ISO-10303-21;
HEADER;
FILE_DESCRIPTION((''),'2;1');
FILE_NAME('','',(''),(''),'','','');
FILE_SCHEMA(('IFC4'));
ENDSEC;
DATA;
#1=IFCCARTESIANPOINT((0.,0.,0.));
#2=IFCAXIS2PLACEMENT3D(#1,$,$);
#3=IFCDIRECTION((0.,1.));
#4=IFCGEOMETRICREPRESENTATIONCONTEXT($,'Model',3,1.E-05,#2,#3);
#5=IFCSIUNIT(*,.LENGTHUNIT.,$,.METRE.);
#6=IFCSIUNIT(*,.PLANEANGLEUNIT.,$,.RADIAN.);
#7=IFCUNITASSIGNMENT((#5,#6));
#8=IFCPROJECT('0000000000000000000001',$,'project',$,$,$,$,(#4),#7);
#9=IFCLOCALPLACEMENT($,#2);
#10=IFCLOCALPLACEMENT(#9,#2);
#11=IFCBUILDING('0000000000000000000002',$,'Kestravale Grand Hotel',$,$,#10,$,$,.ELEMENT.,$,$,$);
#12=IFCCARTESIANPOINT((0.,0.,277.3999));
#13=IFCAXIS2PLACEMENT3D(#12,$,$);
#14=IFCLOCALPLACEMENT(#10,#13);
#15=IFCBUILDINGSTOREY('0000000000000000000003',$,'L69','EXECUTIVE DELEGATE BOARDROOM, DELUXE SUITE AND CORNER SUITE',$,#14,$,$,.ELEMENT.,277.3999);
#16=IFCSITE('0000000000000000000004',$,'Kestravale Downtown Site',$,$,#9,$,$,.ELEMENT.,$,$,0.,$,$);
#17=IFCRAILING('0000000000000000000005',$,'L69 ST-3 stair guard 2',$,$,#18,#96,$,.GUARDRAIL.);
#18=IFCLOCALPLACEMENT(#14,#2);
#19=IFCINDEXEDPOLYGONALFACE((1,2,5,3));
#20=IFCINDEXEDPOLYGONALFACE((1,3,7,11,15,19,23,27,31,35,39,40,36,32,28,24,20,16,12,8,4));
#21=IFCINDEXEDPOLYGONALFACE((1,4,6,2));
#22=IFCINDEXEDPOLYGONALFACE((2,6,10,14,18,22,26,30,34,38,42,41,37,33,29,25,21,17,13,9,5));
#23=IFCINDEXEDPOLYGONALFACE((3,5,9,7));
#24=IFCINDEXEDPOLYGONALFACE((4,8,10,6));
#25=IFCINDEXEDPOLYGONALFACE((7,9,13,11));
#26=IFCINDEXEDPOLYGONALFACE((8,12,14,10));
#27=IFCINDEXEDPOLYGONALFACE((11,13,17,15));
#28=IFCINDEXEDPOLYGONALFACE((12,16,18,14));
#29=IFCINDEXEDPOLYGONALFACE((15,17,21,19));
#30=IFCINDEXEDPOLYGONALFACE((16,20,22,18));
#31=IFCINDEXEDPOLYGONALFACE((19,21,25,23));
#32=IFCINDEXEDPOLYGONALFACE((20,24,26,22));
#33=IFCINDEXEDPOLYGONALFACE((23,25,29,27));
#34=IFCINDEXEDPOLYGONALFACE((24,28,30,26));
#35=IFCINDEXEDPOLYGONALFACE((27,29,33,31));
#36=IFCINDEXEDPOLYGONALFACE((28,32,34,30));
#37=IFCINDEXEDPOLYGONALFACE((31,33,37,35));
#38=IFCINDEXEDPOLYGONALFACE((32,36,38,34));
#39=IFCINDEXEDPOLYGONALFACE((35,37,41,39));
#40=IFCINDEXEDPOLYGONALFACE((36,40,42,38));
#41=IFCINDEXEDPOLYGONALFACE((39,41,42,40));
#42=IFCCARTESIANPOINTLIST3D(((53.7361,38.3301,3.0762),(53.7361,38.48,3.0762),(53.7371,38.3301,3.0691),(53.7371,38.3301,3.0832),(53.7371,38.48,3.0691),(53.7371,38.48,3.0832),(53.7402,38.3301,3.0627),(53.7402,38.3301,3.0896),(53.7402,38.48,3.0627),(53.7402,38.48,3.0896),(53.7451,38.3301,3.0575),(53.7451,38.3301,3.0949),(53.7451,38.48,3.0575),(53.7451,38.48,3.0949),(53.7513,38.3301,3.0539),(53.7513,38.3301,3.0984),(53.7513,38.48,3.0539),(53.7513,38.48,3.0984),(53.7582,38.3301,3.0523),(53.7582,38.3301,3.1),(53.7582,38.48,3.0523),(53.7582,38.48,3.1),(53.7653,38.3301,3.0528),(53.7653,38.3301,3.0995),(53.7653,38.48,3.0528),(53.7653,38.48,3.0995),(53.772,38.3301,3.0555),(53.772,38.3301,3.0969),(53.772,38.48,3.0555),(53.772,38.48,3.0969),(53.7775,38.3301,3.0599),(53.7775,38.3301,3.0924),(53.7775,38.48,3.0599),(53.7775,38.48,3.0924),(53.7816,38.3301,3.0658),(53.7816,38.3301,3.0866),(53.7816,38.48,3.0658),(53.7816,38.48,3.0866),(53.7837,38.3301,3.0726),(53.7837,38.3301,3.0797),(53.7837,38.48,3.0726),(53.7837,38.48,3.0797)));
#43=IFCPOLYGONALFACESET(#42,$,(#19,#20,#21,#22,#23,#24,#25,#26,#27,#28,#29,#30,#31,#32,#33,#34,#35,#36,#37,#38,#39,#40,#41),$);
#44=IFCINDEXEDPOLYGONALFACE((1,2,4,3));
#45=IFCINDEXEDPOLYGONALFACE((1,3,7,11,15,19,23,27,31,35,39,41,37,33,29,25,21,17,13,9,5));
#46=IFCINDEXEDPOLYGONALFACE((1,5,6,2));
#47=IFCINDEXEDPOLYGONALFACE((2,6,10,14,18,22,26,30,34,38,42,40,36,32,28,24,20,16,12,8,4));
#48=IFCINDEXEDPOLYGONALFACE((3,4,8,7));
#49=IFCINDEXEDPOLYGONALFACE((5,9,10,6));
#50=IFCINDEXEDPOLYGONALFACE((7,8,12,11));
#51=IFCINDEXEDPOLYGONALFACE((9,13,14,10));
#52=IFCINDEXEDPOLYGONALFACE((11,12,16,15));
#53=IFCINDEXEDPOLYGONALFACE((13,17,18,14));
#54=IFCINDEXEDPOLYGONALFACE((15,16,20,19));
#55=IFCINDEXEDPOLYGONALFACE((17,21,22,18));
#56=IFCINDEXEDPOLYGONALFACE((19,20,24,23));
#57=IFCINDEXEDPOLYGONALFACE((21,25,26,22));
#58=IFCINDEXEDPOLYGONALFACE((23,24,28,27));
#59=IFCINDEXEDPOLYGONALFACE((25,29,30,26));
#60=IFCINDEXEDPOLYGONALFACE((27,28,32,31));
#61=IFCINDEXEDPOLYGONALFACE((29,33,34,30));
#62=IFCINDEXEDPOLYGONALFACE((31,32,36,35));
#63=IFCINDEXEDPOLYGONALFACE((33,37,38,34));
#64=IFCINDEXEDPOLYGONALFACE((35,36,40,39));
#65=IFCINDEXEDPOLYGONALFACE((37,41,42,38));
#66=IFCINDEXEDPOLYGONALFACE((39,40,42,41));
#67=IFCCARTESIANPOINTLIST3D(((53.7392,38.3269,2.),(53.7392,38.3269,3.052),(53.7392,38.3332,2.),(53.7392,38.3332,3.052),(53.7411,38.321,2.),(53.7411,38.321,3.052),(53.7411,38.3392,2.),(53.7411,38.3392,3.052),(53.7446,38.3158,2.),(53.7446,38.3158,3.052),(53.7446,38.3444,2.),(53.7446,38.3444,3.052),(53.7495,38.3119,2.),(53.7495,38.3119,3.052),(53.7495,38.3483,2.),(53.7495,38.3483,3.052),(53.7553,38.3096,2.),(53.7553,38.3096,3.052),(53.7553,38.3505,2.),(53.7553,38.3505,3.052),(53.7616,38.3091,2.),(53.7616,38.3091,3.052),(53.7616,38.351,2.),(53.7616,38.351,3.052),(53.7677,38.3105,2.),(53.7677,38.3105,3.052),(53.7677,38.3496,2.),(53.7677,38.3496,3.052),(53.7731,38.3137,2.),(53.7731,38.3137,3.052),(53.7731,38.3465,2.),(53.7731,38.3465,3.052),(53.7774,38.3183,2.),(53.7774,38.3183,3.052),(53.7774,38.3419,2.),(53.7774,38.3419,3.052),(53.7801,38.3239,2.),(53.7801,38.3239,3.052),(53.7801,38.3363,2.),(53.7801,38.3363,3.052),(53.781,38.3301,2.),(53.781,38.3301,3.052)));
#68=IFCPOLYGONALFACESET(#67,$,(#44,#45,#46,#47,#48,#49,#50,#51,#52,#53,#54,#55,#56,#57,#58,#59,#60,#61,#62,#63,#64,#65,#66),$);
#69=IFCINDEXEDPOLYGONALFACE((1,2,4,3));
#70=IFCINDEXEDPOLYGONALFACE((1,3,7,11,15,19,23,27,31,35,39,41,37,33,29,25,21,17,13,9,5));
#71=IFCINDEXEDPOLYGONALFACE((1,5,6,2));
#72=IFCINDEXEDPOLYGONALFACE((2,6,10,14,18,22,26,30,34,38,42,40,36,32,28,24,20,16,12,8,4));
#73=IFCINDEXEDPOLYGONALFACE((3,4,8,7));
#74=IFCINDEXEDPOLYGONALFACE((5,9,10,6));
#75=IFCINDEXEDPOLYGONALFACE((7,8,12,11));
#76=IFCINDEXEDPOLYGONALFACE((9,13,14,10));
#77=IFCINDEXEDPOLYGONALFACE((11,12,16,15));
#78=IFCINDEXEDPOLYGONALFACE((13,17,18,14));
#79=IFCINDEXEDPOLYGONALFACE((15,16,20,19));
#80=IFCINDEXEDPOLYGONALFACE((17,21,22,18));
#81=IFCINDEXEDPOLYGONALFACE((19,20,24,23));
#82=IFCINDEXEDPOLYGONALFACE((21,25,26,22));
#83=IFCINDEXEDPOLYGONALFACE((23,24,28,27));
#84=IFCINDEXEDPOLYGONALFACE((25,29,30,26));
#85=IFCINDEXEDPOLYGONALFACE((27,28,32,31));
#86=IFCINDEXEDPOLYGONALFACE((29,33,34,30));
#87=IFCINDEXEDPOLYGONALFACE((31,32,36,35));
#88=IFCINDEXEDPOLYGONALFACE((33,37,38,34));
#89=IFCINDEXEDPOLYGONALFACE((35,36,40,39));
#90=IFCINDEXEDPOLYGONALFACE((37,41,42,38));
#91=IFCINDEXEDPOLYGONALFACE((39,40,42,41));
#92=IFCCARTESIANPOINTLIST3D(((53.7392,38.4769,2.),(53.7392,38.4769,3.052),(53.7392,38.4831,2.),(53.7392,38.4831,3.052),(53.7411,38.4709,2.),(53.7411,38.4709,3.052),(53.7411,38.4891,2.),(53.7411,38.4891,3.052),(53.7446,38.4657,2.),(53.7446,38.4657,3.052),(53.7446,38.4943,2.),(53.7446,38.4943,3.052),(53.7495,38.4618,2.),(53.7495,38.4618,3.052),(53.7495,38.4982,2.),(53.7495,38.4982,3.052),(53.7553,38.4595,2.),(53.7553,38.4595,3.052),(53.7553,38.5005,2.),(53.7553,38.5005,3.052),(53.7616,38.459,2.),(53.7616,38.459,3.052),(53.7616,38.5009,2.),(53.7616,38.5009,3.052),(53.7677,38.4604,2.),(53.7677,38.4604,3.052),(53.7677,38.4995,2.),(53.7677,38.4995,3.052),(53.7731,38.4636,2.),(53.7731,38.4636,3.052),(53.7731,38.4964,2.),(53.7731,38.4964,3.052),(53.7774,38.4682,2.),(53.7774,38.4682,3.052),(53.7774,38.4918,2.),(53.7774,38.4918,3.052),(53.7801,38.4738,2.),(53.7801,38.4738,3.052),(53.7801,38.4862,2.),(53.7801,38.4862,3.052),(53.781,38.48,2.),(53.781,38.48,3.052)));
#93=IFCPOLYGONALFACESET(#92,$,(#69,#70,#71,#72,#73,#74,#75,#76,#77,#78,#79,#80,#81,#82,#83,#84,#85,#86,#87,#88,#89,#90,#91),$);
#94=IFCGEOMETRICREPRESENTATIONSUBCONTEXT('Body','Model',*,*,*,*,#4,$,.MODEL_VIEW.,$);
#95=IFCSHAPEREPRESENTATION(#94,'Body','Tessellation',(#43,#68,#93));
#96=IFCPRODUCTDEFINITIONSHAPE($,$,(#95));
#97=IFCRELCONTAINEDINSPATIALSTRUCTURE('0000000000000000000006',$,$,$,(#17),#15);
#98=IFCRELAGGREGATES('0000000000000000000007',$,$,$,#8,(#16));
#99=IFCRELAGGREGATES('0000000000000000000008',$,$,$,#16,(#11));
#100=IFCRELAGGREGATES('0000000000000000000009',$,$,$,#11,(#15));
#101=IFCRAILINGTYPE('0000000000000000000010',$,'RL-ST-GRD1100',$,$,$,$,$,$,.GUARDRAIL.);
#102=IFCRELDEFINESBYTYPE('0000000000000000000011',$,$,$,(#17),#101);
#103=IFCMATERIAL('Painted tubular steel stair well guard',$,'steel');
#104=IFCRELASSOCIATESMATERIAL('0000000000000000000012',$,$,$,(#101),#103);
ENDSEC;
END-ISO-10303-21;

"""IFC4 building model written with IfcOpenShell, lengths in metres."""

from ifc_helpers import new_model, si_unit, direction, frame, origin, origin_2d, place, context, subcontext, project, spatial, circle, extrude, material, type_object, element, save


model = new_model("IFC4")

# Units and contexts
model_context = context("Model", 3, precision=1e-05, world=origin(), true_north=direction((0.0, 1.0)))
body_context = subcontext(model_context, "Body", "Model", "MODEL_VIEW")
ifc_project = project(units=[si_unit("LENGTHUNIT", "METRE"), si_unit("PLANEANGLEUNIT", "RADIAN")], contexts=[model_context])

# Site, building, storey
site_placement = place(None, origin())
site = spatial("IfcSite", under=ifc_project, at=site_placement, Name="Kestravale Downtown Site", CompositionType="ELEMENT", RefElevation=0.0)
building_placement = place(site_placement, origin())
building = spatial("IfcBuilding", under=site, at=building_placement, Name="Kestravale Grand Hotel", CompositionType="ELEMENT")
storey_placement = place(building_placement, frame((0.0, 0.0, 277.3999)))
storey = spatial("IfcBuildingStorey", under=building, at=storey_placement, Name="L69", Description="EXECUTIVE DELEGATE BOARDROOM, DELUXE SUITE AND CORNER SUITE", CompositionType="ELEMENT", Elevation=277.3999)

# Railing
ifc_material_1 = material(Name="Painted tubular steel stair well guard", Category="steel")
railing_type_1 = type_object("IfcRailingType", Name="RL-ST-GRD1100", PredefinedType="GUARDRAIL", material=ifc_material_1)
railing_1_placement = place(storey_placement, frame((53.76, 38.3301, 2.0)))
element("IfcRailing", 1, at=railing_1_placement, inside=storey, type_object=railing_type_1, Name="L69 ST-3 stair guard 2", PredefinedType="GUARDRAIL", context=body_context, shape_type="SweptSolid", body=[
    extrude(circle(Radius=0.0239, at=origin_2d()), frame((0.0, 0.0, 1.0762), z_axis=(0.0, 1.0, 0.0), x_axis=(-1.0, 0.0, 0.0)), (0.0, 0.0, 1.0), 0.1499),
    extrude(circle(Radius=0.021, at=origin_2d()), origin(), (0.0, 0.0, 1.0), 1.052),
    extrude(circle(Radius=0.021, at=origin_2d()), frame((0.0, 0.1499, 0.0)), (0.0, 0.0, 1.0), 1.052),
])

save(model, "model.ifc")
